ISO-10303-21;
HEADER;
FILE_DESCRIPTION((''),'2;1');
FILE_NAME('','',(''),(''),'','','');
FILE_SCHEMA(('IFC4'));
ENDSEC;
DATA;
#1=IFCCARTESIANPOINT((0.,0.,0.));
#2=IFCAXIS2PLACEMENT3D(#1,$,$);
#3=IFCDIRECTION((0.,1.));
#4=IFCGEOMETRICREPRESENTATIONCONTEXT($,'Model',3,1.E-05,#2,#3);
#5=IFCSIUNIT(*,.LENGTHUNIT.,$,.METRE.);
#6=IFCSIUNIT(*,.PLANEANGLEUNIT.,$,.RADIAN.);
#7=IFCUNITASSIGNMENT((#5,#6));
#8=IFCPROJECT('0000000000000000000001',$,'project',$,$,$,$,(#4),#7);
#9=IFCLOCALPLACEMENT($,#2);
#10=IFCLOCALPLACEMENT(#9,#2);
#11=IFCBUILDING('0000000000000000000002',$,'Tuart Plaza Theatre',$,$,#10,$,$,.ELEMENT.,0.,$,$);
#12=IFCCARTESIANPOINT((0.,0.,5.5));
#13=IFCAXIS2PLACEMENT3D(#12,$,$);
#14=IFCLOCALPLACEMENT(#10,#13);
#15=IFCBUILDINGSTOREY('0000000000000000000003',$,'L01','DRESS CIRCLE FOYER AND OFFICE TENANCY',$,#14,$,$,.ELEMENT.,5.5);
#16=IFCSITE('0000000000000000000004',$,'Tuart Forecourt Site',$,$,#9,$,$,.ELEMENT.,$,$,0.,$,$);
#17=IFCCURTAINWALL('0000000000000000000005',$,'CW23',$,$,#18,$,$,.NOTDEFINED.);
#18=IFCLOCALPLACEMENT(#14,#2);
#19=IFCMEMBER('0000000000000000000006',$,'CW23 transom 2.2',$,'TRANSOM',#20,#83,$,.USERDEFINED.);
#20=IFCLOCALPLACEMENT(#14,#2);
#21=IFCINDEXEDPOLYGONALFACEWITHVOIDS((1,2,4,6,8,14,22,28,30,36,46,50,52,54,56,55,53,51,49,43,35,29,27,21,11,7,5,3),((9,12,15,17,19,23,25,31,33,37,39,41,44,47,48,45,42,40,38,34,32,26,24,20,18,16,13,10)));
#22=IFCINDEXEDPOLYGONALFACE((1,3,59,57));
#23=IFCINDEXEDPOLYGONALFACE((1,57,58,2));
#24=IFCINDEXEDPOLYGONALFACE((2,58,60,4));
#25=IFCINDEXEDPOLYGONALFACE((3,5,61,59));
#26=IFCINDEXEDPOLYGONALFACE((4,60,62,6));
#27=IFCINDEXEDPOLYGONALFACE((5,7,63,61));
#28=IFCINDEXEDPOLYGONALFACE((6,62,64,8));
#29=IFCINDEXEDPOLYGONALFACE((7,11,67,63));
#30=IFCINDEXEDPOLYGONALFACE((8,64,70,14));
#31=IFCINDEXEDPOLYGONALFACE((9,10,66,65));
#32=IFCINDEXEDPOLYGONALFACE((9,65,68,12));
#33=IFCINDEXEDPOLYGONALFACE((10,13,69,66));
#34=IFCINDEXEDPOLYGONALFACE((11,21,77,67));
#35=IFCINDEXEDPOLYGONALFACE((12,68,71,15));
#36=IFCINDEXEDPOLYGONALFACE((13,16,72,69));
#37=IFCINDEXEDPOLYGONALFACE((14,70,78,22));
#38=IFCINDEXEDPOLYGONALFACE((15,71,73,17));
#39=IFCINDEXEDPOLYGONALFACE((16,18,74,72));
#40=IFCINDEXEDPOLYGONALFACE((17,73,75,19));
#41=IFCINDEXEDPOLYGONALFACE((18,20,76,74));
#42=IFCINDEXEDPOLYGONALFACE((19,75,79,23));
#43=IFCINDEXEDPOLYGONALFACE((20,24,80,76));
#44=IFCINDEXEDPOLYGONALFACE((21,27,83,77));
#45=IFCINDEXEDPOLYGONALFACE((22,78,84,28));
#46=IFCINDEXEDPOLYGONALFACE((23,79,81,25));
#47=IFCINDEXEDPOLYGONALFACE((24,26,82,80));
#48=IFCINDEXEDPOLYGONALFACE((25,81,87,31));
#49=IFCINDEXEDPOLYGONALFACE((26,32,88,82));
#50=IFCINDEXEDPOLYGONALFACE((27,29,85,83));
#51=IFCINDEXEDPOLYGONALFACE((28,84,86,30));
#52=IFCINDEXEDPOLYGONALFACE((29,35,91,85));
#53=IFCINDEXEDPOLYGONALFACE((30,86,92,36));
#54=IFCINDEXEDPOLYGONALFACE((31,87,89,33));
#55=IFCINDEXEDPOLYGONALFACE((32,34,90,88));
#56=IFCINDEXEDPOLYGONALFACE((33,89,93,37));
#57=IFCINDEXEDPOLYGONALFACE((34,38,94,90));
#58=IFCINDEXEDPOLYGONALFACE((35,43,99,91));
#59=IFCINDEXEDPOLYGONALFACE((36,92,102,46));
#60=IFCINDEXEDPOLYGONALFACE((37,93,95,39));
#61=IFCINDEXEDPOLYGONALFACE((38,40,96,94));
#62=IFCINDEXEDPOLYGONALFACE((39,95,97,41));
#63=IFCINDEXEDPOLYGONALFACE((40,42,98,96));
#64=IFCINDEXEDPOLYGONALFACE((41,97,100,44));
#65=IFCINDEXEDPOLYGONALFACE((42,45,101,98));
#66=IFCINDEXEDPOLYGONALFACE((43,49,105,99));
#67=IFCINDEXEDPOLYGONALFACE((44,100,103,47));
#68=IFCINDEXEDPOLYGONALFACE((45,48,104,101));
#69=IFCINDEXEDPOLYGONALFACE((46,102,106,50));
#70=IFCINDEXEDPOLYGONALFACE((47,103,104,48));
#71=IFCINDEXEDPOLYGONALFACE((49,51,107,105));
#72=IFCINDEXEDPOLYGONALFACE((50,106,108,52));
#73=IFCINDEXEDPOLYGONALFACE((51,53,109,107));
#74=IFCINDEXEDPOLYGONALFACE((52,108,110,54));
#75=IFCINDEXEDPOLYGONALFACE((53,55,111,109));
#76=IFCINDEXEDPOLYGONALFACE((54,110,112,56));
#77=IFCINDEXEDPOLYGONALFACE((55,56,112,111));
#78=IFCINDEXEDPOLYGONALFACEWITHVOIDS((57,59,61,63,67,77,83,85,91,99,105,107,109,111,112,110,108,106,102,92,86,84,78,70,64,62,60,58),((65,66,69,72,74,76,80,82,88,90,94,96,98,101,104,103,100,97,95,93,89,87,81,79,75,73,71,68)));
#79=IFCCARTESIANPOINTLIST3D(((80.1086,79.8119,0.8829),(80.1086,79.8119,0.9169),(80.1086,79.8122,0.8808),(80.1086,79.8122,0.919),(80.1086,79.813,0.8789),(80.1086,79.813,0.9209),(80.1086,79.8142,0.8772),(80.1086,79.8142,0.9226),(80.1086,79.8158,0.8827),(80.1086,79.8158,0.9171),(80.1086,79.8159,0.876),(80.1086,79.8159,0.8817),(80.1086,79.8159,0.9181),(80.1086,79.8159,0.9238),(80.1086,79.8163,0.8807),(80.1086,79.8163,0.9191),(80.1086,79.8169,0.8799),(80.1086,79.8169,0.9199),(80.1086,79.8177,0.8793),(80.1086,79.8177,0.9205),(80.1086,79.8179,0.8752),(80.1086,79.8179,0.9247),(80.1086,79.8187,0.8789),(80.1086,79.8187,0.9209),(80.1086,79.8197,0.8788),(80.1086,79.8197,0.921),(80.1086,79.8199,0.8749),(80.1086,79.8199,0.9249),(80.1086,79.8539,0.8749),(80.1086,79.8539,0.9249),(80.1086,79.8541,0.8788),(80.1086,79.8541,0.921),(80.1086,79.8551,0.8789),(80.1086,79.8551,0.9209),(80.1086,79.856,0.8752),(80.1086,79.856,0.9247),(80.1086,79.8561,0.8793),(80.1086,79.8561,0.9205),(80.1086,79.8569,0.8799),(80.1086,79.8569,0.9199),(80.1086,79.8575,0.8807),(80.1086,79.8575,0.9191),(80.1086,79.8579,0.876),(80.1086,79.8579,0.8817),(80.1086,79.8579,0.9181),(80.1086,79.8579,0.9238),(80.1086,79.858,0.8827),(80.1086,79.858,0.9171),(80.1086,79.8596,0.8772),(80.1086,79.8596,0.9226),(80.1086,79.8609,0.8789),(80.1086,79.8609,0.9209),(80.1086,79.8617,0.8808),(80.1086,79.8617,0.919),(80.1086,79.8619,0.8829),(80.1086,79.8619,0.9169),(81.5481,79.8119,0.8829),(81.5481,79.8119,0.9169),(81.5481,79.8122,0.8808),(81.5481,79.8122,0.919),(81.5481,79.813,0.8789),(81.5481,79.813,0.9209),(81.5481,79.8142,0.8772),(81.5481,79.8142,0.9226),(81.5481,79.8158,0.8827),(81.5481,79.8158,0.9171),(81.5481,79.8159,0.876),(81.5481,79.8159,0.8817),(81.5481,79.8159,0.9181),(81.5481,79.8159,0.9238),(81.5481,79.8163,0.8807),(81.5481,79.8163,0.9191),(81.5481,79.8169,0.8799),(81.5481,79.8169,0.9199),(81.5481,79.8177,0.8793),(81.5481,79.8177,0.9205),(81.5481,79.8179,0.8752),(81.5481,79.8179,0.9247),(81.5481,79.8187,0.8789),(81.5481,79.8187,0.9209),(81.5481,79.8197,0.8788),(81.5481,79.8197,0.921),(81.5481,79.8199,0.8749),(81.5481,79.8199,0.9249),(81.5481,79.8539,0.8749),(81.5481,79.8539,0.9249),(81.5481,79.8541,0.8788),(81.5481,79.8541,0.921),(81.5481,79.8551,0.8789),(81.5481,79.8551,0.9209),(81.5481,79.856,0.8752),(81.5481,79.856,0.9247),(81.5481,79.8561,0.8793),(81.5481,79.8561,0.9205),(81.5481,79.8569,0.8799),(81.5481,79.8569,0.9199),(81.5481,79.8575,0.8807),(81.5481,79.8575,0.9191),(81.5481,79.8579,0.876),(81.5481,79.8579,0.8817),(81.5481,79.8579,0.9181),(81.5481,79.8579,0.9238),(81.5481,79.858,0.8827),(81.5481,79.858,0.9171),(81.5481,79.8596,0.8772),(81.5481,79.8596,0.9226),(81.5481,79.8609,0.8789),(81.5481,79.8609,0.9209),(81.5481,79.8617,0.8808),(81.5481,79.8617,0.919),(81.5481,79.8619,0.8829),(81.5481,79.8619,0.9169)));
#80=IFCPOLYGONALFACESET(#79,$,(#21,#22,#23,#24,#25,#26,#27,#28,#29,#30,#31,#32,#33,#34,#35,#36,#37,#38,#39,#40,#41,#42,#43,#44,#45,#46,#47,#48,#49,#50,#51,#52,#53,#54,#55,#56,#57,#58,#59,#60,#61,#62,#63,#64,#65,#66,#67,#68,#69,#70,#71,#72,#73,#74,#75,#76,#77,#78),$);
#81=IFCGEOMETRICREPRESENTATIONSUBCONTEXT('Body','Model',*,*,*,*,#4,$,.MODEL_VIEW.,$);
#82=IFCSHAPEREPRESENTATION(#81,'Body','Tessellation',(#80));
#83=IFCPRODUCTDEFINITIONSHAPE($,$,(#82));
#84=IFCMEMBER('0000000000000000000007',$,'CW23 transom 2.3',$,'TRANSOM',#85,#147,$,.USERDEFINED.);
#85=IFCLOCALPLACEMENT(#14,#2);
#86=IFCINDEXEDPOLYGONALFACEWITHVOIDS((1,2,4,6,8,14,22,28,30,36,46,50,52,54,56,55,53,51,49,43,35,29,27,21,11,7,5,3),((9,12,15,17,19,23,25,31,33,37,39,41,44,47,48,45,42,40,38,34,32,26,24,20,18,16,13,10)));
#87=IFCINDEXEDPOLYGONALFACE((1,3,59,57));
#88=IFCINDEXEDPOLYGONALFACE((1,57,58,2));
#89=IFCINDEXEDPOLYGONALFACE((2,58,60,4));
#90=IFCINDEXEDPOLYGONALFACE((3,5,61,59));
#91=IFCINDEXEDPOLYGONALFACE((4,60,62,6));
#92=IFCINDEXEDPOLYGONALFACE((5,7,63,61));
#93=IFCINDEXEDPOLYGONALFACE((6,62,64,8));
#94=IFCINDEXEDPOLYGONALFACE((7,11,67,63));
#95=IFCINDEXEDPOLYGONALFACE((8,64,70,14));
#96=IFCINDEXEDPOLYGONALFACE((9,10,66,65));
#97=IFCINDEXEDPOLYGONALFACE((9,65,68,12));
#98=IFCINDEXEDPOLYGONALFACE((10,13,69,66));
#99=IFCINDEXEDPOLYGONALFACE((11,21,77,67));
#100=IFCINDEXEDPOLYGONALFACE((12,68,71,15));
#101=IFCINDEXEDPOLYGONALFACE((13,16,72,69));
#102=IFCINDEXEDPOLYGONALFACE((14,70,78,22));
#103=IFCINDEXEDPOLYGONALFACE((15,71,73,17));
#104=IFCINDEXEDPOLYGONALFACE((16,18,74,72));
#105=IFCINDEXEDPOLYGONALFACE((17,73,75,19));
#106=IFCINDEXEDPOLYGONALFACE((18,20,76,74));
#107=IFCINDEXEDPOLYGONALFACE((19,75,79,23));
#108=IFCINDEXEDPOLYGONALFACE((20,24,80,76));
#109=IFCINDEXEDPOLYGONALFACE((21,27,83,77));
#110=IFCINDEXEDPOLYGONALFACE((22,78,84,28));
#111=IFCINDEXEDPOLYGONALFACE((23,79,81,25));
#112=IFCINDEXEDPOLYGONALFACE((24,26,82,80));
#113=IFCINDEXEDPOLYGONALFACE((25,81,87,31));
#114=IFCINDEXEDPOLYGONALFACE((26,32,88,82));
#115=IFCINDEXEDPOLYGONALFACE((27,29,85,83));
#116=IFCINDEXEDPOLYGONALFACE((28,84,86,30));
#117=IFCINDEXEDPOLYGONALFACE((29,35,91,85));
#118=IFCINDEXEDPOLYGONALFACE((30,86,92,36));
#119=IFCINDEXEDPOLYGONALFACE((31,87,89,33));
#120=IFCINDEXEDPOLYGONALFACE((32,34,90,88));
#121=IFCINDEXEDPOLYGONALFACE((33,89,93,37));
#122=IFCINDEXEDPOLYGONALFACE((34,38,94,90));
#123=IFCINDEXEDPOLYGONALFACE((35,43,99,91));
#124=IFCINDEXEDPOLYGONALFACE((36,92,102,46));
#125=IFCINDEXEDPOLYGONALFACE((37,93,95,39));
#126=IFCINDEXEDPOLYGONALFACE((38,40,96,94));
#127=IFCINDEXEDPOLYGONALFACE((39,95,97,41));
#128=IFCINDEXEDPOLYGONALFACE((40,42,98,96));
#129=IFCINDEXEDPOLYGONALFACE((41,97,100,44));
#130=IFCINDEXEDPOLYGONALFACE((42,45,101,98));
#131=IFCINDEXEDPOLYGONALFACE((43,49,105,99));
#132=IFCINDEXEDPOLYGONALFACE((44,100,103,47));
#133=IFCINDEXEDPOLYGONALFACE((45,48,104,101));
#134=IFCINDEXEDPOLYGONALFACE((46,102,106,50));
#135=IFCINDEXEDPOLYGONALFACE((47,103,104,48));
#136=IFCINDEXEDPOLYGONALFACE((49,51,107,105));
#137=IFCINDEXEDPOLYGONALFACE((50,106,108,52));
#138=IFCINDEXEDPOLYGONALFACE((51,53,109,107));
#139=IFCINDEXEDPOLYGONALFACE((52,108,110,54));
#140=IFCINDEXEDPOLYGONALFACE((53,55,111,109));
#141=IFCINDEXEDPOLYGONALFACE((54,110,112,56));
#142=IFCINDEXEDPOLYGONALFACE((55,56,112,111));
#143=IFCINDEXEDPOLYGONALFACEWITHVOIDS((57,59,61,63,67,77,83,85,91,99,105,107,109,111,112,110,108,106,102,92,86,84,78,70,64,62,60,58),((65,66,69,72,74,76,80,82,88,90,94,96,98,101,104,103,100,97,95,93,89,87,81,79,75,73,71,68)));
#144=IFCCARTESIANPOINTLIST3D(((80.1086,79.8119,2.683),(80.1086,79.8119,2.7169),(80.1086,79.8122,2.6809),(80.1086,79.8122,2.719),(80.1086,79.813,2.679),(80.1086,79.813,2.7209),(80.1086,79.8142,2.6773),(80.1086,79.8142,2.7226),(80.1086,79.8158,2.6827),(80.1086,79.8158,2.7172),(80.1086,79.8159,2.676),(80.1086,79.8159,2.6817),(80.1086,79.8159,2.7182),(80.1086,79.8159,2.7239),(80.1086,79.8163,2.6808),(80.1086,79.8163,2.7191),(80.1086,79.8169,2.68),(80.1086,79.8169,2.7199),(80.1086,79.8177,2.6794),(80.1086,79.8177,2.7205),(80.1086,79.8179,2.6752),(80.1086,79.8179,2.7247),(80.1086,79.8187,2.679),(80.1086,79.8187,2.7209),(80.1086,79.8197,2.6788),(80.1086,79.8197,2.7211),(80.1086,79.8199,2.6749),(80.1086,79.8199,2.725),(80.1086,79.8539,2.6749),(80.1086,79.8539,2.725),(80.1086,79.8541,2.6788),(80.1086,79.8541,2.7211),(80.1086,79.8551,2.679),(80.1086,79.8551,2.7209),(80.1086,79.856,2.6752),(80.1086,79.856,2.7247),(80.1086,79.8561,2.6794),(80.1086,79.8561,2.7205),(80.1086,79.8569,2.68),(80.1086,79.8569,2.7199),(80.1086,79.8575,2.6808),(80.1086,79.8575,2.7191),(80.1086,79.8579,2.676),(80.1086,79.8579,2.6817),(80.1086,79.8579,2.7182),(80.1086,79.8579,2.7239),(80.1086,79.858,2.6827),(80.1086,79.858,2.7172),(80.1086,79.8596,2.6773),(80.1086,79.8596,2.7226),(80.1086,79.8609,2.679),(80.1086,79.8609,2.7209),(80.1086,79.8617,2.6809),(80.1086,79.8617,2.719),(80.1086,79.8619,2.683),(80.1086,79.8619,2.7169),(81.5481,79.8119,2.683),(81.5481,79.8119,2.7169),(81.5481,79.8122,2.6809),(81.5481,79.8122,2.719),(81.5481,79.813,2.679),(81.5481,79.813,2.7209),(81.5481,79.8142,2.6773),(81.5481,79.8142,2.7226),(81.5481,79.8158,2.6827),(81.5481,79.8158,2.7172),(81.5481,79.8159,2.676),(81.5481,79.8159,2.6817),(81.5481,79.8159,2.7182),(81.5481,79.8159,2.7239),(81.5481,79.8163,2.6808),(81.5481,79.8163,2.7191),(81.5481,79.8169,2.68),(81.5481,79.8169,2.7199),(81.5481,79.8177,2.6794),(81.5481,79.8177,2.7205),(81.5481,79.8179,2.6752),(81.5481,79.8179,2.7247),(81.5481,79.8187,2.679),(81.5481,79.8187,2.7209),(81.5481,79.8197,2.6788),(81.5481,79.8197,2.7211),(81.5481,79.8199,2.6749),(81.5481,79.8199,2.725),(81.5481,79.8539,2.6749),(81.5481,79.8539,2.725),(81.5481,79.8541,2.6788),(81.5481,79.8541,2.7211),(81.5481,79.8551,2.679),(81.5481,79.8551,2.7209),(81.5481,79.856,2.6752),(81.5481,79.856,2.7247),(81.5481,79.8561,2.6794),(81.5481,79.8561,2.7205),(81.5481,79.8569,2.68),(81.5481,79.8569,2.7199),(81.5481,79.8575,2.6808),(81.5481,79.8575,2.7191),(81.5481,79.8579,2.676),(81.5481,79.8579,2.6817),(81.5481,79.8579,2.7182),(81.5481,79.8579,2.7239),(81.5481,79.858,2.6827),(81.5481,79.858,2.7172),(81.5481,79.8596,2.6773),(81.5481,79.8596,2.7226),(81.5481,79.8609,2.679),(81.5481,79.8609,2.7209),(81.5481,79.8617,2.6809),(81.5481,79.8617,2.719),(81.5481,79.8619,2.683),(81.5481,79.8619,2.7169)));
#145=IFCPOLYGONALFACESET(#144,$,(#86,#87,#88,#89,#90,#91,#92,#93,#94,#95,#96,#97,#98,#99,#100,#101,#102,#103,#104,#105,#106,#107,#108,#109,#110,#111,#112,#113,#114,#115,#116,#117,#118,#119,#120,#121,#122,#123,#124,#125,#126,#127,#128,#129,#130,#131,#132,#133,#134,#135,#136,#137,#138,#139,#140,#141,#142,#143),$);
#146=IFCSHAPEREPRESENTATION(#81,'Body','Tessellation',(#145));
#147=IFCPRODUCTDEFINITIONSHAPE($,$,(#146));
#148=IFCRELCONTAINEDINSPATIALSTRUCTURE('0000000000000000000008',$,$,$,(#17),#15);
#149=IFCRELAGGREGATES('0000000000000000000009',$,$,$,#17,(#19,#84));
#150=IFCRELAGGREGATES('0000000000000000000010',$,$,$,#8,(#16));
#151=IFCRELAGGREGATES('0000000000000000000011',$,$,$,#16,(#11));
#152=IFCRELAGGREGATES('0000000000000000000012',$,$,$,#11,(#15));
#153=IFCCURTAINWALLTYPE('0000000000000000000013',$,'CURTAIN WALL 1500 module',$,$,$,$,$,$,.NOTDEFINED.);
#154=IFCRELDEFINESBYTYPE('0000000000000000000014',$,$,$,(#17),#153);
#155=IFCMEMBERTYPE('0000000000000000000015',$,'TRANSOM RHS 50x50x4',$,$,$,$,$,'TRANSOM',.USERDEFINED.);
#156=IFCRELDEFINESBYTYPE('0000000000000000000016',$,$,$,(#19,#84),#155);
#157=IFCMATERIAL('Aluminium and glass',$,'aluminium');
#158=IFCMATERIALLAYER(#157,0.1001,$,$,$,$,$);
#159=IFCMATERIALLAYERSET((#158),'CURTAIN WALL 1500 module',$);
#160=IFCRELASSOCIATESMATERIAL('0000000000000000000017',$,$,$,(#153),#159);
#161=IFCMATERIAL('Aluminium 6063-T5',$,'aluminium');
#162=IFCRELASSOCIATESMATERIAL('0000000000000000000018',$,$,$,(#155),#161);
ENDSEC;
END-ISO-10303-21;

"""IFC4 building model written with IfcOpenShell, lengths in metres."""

from ifc_helpers import new_model, si_unit, direction, frame, origin, origin_2d, place, context, subcontext, project, spatial, hollow_rectangle, extrude, material, layer, layer_set, material_profile, profile_set, type_object, element, aggregate, save


model = new_model("IFC4")

# Units and contexts
model_context = context("Model", 3, precision=1e-05, world=origin(), true_north=direction((0.0, 1.0)))
body_context = subcontext(model_context, "Body", "Model", "MODEL_VIEW")
ifc_project = project(units=[si_unit("LENGTHUNIT", "METRE"), si_unit("PLANEANGLEUNIT", "RADIAN")], contexts=[model_context])

# Site, building, storey
site_placement = place(None, origin())
site = spatial("IfcSite", under=ifc_project, at=site_placement, Name="Tuart Forecourt Site", CompositionType="ELEMENT", RefElevation=0.0)
building_placement = place(site_placement, origin())
building = spatial("IfcBuilding", under=site, at=building_placement, Name="Tuart Plaza Theatre", CompositionType="ELEMENT", ElevationOfRefHeight=0.0)
storey_placement = place(building_placement, frame((0.0, 0.0, 5.5)))
storey = spatial("IfcBuildingStorey", under=building, at=storey_placement, Name="L01", Description="DRESS CIRCLE FOYER AND OFFICE TENANCY", CompositionType="ELEMENT", Elevation=5.5)

# Curtain wall, members
ifc_material_1 = material(Name="Aluminium and glass", Category="aluminium")
ifc_layer_1 = layer(ifc_material_1, 0.1001)
ifc_layer_set_1 = layer_set([ifc_layer_1], Name="CURTAIN WALL 1500 module")
curtain_wall_type = type_object("IfcCurtainWallType", Name="CURTAIN WALL 1500 module", PredefinedType="NOTDEFINED", material=ifc_layer_set_1)
curtain_wall_placement = place(storey_placement, origin())
curtain_wall = element("IfcCurtainWall", 1, at=curtain_wall_placement, inside=storey, type_object=curtain_wall_type, Name="CW23", PredefinedType="NOTDEFINED")
ifc_material_2 = material(Name="Aluminium 6063-T5", Category="aluminium")
ifc_material_profile_1 = material_profile(ifc_material_2, hollow_rectangle(XDim=0.05, YDim=0.05, WallThickness=0.0039, InnerFilletRadius=0.0039, OuterFilletRadius=0.0081, at=origin_2d()), Name="RHS 50x50x4")
ifc_profile_set_1 = profile_set([ifc_material_profile_1], Name="Aluminium 6063-T5")
member_type_1 = type_object("IfcMemberType", Name="TRANSOM RHS 50x50x4", ElementType="TRANSOM", PredefinedType="USERDEFINED", material=ifc_profile_set_1)
member_1_placement = place(storey_placement, frame((80.1086, 79.8369, 0.8999), z_axis=(1.0, 0.0, 0.0), x_axis=(0.0, 1.0, 0.0)))
member_1 = element("IfcMember", 2, at=member_1_placement, type_object=member_type_1, Name="CW23 transom 2.2", ObjectType="TRANSOM", PredefinedType="USERDEFINED", context=body_context, shape_type="SweptSolid", body=[
    extrude(hollow_rectangle(XDim=0.05, YDim=0.05, WallThickness=0.0039, InnerFilletRadius=0.0039, OuterFilletRadius=0.0081, at=origin_2d()), origin(), (0.0, 0.0, 1.0), 1.4395),
])
member_2_placement = place(storey_placement, frame((80.1086, 79.8369, 2.7), z_axis=(1.0, 0.0, 0.0), x_axis=(0.0, 1.0, 0.0)))
member_2 = element("IfcMember", 3, at=member_2_placement, type_object=member_type_1, Name="CW23 transom 2.3", ObjectType="TRANSOM", PredefinedType="USERDEFINED", context=body_context, shape_type="SweptSolid", body=[
    extrude(hollow_rectangle(XDim=0.05, YDim=0.05, WallThickness=0.0039, InnerFilletRadius=0.0039, OuterFilletRadius=0.0081, at=origin_2d()), origin(), (0.0, 0.0, 1.0), 1.4395),
])
aggregate(curtain_wall, [member_1, member_2])

save(model, "model.ifc")
